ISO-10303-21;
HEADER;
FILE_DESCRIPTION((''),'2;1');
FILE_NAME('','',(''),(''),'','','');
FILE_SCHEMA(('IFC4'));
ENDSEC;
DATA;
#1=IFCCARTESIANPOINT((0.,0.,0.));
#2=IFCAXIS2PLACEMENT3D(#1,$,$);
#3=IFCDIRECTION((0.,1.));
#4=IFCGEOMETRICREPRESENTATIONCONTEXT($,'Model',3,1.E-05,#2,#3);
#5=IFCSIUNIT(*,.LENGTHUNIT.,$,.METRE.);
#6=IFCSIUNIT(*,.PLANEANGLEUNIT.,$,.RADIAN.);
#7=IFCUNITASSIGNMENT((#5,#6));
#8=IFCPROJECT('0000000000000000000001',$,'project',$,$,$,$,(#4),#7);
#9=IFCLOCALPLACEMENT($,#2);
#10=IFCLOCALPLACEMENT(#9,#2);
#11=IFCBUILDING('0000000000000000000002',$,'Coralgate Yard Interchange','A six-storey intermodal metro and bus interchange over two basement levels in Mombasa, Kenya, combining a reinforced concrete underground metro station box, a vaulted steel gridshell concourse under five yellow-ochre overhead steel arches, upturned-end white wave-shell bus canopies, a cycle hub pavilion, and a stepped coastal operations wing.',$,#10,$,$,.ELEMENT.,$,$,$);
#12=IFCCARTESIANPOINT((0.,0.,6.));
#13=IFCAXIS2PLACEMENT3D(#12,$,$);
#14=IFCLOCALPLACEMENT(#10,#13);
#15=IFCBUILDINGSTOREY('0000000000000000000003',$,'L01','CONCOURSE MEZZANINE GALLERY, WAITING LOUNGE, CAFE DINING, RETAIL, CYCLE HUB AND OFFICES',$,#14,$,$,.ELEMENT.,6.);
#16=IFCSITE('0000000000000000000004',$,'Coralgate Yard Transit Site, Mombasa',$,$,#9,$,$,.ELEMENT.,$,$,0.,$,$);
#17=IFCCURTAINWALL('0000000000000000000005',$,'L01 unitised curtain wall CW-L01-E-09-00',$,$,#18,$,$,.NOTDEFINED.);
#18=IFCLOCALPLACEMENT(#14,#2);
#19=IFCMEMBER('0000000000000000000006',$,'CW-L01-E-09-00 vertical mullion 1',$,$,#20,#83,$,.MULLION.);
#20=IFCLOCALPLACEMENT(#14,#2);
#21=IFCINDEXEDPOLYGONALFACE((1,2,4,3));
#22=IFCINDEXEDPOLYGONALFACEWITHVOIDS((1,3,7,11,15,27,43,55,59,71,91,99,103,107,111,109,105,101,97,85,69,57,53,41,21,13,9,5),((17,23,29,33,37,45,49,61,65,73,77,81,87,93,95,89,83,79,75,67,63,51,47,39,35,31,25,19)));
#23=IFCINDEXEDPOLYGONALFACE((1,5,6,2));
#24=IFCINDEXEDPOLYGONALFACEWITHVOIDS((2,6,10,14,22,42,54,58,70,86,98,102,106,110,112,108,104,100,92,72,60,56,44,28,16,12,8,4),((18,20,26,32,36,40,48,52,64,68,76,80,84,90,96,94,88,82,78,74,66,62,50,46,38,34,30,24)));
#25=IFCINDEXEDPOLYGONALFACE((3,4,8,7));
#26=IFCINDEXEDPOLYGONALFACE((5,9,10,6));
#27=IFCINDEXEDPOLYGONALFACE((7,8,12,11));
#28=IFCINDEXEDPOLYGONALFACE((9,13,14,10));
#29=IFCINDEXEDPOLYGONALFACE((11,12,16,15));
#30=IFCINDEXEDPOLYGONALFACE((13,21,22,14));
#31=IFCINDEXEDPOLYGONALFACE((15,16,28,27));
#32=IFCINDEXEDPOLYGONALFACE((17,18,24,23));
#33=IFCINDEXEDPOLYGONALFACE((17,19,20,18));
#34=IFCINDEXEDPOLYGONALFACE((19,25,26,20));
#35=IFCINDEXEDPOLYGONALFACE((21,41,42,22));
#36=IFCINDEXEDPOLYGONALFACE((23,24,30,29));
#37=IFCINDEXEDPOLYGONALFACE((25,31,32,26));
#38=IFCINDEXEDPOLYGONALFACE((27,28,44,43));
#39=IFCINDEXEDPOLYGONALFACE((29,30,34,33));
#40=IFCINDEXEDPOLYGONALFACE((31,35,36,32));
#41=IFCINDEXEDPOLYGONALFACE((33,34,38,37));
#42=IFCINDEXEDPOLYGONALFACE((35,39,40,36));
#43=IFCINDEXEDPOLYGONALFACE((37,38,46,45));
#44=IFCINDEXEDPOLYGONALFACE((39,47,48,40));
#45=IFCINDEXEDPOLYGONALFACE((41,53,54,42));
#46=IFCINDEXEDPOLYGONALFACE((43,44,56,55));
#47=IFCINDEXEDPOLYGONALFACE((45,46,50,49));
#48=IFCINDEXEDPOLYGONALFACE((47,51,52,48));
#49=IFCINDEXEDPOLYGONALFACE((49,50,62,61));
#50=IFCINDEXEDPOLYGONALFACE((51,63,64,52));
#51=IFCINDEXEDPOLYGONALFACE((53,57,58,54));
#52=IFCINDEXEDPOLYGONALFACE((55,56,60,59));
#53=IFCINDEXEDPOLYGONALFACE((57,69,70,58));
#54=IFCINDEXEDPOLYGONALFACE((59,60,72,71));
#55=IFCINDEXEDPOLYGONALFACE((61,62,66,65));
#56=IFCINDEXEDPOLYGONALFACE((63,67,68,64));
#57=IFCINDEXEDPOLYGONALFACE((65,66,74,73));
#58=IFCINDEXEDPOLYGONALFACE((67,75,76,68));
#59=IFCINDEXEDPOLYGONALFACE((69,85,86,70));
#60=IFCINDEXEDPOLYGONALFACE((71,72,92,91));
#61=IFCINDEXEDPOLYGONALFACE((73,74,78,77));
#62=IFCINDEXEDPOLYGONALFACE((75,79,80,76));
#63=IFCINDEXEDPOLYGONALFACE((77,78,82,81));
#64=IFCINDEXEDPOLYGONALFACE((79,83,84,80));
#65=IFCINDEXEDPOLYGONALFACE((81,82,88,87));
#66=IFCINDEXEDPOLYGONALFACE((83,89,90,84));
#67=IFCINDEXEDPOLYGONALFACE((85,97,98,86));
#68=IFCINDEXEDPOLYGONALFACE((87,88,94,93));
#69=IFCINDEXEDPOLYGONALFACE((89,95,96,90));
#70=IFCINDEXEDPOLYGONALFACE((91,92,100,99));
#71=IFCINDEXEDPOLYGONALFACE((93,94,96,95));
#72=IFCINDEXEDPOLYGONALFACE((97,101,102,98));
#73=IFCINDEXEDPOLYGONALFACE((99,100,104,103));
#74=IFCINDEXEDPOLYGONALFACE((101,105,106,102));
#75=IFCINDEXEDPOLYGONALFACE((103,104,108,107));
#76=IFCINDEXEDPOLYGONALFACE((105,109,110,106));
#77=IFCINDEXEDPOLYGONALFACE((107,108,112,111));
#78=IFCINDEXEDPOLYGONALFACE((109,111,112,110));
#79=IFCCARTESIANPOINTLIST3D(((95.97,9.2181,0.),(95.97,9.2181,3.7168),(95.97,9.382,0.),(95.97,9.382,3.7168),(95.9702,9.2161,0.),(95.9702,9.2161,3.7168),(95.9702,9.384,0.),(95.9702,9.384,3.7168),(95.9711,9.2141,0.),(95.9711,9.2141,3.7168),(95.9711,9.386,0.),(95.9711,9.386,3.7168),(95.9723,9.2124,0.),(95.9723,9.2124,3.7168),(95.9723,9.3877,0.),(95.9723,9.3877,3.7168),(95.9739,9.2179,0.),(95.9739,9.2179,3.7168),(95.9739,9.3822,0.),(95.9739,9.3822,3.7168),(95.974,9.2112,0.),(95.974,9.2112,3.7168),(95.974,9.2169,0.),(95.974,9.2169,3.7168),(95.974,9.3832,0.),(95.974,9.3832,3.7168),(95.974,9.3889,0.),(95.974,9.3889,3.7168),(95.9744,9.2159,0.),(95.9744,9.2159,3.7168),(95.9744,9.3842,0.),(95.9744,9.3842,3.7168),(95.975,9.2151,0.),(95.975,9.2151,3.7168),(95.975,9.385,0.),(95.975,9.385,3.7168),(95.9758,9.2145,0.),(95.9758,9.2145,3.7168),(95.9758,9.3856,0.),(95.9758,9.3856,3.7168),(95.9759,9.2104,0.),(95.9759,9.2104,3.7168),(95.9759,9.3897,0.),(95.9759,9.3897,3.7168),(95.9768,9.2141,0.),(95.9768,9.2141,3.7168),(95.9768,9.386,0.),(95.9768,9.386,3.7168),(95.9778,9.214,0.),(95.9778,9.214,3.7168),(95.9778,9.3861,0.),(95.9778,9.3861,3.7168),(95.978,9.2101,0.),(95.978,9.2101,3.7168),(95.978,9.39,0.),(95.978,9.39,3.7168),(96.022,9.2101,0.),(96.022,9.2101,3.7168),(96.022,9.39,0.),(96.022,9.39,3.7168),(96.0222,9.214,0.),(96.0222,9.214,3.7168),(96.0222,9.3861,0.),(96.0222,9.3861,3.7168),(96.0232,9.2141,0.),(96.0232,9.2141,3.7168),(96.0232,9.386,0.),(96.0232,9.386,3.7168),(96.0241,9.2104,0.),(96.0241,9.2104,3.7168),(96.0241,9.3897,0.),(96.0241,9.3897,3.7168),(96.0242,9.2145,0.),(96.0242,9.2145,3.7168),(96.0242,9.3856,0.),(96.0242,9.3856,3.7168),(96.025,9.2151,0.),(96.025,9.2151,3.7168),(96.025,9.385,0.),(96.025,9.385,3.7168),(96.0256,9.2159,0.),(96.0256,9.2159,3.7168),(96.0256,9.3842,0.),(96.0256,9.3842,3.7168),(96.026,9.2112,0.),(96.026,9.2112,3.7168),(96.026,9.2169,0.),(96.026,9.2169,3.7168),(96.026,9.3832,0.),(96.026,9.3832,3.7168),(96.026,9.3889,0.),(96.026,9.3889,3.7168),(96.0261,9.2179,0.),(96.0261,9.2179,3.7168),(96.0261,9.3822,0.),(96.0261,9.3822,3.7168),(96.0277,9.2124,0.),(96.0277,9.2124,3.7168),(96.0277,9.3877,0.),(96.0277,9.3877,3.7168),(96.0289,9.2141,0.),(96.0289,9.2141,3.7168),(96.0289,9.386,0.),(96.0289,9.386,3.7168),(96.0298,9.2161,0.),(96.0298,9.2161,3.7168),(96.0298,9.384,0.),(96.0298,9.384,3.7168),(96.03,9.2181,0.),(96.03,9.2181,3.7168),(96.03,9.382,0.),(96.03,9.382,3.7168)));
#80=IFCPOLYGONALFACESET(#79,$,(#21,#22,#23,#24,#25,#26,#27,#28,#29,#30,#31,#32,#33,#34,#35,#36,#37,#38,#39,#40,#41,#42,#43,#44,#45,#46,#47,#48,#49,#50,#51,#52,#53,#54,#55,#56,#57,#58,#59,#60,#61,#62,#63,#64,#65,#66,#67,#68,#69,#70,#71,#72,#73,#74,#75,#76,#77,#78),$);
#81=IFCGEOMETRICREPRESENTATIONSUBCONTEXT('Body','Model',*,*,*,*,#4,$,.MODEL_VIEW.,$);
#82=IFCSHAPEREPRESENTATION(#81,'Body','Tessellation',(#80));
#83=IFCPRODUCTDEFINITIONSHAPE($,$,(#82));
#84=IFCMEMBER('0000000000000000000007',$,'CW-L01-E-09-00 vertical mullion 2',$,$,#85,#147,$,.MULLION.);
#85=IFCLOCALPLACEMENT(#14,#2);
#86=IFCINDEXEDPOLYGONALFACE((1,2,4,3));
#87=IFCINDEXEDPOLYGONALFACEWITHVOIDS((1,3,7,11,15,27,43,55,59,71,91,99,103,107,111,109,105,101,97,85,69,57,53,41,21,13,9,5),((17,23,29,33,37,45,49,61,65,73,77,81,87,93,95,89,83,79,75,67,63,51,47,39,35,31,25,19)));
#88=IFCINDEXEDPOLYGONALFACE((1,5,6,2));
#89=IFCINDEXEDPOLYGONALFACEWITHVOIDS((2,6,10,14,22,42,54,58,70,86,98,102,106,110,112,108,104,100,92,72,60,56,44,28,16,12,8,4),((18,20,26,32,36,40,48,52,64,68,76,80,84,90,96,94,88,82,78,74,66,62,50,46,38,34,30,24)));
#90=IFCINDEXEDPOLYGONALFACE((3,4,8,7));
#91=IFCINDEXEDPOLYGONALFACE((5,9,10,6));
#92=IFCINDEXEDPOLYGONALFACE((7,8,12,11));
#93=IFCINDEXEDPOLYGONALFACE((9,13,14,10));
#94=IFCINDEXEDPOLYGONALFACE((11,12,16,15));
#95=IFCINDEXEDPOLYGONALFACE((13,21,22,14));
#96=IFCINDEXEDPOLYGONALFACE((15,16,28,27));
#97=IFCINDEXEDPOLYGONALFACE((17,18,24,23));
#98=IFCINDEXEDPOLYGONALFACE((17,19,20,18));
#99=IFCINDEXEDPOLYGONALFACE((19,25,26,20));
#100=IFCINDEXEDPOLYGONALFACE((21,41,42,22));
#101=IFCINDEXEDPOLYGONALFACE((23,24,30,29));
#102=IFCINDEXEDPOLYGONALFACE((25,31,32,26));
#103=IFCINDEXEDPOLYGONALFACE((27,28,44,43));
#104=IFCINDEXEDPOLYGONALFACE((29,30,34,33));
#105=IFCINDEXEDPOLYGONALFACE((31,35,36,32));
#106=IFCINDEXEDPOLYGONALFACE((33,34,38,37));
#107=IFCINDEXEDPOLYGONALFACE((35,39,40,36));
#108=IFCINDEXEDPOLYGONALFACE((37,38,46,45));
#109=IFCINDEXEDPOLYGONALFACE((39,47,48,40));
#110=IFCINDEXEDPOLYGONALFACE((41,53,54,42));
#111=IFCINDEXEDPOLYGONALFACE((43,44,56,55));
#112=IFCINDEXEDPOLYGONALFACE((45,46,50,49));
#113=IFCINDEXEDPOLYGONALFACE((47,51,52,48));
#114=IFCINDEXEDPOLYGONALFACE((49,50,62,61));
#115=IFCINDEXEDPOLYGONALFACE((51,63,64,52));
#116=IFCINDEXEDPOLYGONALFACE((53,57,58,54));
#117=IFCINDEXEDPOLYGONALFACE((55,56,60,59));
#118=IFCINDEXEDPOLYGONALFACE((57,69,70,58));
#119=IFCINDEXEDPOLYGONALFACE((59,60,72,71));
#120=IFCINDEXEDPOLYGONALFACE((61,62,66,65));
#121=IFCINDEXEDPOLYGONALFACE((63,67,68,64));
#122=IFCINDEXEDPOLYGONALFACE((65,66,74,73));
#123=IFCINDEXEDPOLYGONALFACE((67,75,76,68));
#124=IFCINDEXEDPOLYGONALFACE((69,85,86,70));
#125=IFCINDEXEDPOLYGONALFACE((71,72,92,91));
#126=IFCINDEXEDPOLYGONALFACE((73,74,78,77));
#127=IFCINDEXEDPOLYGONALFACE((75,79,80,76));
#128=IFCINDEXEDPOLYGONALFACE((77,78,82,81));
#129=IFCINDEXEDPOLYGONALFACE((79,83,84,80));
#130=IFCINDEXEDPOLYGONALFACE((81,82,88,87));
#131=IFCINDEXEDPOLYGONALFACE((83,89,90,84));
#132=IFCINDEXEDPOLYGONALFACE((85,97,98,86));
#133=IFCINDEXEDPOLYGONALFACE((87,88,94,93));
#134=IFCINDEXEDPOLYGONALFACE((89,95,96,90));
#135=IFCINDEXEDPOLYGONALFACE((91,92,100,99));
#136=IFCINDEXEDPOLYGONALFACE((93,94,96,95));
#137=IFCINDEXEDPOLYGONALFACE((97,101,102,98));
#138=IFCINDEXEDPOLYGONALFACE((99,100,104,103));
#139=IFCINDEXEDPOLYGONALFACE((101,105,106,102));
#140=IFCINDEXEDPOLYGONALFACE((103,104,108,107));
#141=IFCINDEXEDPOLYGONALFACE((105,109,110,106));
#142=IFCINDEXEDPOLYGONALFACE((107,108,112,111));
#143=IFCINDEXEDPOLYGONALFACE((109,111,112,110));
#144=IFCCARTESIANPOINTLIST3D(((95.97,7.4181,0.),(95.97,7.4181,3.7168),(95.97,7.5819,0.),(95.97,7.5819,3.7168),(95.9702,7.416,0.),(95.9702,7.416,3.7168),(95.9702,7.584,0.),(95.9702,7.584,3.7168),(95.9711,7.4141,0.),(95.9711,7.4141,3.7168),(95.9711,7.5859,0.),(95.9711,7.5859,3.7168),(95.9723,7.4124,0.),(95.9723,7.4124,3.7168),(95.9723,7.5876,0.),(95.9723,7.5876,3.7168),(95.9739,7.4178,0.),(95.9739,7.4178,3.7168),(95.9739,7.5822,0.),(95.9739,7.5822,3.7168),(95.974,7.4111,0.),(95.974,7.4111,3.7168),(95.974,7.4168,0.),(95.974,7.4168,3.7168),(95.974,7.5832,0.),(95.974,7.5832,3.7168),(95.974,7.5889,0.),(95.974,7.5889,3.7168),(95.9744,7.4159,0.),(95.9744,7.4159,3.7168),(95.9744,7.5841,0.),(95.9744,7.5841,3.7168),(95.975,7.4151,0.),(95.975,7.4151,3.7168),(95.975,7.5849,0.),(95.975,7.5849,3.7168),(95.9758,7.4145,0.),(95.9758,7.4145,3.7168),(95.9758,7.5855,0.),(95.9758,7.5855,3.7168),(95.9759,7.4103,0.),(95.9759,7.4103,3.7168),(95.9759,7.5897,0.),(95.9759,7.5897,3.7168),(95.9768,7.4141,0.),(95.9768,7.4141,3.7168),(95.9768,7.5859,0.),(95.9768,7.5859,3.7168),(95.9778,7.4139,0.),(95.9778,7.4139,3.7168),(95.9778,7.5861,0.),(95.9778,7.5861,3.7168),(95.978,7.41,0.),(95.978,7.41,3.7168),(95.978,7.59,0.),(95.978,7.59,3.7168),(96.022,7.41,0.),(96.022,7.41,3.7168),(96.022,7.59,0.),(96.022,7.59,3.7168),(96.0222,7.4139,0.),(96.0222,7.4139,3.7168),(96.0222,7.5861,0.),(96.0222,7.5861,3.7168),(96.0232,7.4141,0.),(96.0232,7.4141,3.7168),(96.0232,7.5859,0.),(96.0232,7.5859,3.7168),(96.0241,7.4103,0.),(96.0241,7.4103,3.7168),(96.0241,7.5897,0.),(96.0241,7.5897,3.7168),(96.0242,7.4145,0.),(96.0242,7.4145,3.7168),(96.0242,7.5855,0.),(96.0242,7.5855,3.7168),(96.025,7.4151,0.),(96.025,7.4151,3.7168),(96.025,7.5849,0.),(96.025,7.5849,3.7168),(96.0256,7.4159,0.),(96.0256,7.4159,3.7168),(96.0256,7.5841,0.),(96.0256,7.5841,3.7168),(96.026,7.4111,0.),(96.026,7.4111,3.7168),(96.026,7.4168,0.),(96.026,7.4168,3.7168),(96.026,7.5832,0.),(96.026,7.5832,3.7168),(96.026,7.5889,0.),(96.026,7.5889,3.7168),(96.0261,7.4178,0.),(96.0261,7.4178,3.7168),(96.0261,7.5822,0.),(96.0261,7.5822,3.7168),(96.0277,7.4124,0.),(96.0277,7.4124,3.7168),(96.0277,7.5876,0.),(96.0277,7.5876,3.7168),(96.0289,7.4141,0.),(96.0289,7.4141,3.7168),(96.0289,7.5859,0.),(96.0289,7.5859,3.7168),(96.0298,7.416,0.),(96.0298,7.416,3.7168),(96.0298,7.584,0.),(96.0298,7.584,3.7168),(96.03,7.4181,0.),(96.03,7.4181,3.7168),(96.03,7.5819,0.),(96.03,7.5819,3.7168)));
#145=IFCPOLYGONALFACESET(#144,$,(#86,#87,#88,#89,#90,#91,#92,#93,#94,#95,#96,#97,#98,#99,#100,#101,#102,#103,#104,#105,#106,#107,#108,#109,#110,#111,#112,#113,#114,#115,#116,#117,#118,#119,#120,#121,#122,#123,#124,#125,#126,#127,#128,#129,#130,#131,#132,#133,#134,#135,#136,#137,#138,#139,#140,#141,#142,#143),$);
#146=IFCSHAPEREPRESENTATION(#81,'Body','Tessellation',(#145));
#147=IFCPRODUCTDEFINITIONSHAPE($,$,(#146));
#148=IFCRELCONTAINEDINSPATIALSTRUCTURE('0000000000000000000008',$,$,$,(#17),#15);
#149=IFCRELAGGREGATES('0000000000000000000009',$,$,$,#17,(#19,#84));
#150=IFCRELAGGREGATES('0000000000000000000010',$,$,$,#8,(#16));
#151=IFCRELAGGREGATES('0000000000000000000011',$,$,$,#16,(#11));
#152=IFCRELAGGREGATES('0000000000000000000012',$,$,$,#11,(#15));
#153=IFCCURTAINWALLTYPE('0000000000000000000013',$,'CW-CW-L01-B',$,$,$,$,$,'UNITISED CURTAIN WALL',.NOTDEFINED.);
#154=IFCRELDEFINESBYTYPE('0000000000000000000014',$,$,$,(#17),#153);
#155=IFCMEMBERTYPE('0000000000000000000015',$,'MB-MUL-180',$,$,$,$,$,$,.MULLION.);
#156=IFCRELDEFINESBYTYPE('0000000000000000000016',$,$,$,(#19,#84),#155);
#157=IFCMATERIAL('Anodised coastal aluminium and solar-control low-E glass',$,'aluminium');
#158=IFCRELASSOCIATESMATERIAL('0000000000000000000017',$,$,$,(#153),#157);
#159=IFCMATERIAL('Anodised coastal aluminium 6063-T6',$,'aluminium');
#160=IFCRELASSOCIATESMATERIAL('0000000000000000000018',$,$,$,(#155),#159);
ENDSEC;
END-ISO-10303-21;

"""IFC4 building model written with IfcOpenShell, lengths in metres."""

from ifc_helpers import new_model, si_unit, direction, frame, origin, origin_2d, place, context, subcontext, project, spatial, hollow_rectangle, extrude, material, material_profile, profile_set, type_object, element, aggregate, save


model = new_model("IFC4")

# Units and contexts
model_context = context("Model", 3, precision=1e-05, world=origin(), true_north=direction((0.0, 1.0)))
body_context = subcontext(model_context, "Body", "Model", "MODEL_VIEW")
ifc_project = project(units=[si_unit("LENGTHUNIT", "METRE"), si_unit("PLANEANGLEUNIT", "RADIAN")], contexts=[model_context])

# Site, building, storey
site_placement = place(None, origin())
site = spatial("IfcSite", under=ifc_project, at=site_placement, Name="Coralgate Yard Transit Site, Mombasa", CompositionType="ELEMENT", RefElevation=0.0)
building_placement = place(site_placement, origin())
building = spatial("IfcBuilding", under=site, at=building_placement, Name="Coralgate Yard Interchange", Description="A six-storey intermodal metro and bus interchange over two basement levels in Mombasa, Kenya, combining a reinforced concrete underground metro station box, a vaulted steel gridshell concourse under five yellow-ochre overhead steel arches, upturned-end white wave-shell bus canopies, a cycle hub pavilion, and a stepped coastal operations wing.", CompositionType="ELEMENT")
storey_placement = place(building_placement, frame((0.0, 0.0, 6.0)))
storey = spatial("IfcBuildingStorey", under=building, at=storey_placement, Name="L01", Description="CONCOURSE MEZZANINE GALLERY, WAITING LOUNGE, CAFE DINING, RETAIL, CYCLE HUB AND OFFICES", CompositionType="ELEMENT", Elevation=6.0)

# Curtain wall, members
ifc_material_1 = material(Name="Anodised coastal aluminium and solar-control low-E glass", Category="aluminium")
curtain_wall_type = type_object("IfcCurtainWallType", Name="CW-CW-L01-B", ElementType="UNITISED CURTAIN WALL", PredefinedType="NOTDEFINED", material=ifc_material_1)
curtain_wall_1_placement = place(storey_placement, origin())
curtain_wall_1 = element("IfcCurtainWall", 1, at=curtain_wall_1_placement, inside=storey, type_object=curtain_wall_type, Name="L01 unitised curtain wall CW-L01-E-09-00", PredefinedType="NOTDEFINED")
ifc_material_2 = material(Name="Anodised coastal aluminium 6063-T6", Category="aluminium")
ifc_material_profile_1 = material_profile(ifc_material_2, hollow_rectangle(XDim=0.0601, YDim=0.1799, WallThickness=0.0039, InnerFilletRadius=0.0039, OuterFilletRadius=0.0081, at=origin_2d()), Name="ALU 60x180x4")
ifc_profile_set_1 = profile_set([ifc_material_profile_1], Name="Anodised coastal aluminium 6063-T6")
member_type_1 = type_object("IfcMemberType", Name="MB-MUL-180", PredefinedType="MULLION", material=ifc_profile_set_1)
member_1_placement = place(storey_placement, frame((96.0, 9.3, 0.0), z_axis=(0.0, 0.0, 1.0), x_axis=(1.0, 0.0, 0.0)))
member_1 = element("IfcMember", 2, at=member_1_placement, type_object=member_type_1, Name="CW-L01-E-09-00 vertical mullion 1", PredefinedType="MULLION", context=body_context, shape_type="SweptSolid", body=[
    extrude(hollow_rectangle(XDim=0.0601, YDim=0.1799, WallThickness=0.0039, InnerFilletRadius=0.0039, OuterFilletRadius=0.0081, at=origin_2d()), origin(), (0.0, 0.0, 1.0), 3.7168),
])
member_2_placement = place(storey_placement, frame((96.0, 7.5, 0.0), z_axis=(0.0, 0.0, 1.0), x_axis=(1.0, 0.0, 0.0)))
member_2 = element("IfcMember", 3, at=member_2_placement, type_object=member_type_1, Name="CW-L01-E-09-00 vertical mullion 2", PredefinedType="MULLION", context=body_context, shape_type="SweptSolid", body=[
    extrude(hollow_rectangle(XDim=0.0601, YDim=0.1799, WallThickness=0.0039, InnerFilletRadius=0.0039, OuterFilletRadius=0.0081, at=origin_2d()), origin(), (0.0, 0.0, 1.0), 3.7168),
])

aggregate(curtain_wall_1, [member_1, member_2])

save(model, "model.ifc")
